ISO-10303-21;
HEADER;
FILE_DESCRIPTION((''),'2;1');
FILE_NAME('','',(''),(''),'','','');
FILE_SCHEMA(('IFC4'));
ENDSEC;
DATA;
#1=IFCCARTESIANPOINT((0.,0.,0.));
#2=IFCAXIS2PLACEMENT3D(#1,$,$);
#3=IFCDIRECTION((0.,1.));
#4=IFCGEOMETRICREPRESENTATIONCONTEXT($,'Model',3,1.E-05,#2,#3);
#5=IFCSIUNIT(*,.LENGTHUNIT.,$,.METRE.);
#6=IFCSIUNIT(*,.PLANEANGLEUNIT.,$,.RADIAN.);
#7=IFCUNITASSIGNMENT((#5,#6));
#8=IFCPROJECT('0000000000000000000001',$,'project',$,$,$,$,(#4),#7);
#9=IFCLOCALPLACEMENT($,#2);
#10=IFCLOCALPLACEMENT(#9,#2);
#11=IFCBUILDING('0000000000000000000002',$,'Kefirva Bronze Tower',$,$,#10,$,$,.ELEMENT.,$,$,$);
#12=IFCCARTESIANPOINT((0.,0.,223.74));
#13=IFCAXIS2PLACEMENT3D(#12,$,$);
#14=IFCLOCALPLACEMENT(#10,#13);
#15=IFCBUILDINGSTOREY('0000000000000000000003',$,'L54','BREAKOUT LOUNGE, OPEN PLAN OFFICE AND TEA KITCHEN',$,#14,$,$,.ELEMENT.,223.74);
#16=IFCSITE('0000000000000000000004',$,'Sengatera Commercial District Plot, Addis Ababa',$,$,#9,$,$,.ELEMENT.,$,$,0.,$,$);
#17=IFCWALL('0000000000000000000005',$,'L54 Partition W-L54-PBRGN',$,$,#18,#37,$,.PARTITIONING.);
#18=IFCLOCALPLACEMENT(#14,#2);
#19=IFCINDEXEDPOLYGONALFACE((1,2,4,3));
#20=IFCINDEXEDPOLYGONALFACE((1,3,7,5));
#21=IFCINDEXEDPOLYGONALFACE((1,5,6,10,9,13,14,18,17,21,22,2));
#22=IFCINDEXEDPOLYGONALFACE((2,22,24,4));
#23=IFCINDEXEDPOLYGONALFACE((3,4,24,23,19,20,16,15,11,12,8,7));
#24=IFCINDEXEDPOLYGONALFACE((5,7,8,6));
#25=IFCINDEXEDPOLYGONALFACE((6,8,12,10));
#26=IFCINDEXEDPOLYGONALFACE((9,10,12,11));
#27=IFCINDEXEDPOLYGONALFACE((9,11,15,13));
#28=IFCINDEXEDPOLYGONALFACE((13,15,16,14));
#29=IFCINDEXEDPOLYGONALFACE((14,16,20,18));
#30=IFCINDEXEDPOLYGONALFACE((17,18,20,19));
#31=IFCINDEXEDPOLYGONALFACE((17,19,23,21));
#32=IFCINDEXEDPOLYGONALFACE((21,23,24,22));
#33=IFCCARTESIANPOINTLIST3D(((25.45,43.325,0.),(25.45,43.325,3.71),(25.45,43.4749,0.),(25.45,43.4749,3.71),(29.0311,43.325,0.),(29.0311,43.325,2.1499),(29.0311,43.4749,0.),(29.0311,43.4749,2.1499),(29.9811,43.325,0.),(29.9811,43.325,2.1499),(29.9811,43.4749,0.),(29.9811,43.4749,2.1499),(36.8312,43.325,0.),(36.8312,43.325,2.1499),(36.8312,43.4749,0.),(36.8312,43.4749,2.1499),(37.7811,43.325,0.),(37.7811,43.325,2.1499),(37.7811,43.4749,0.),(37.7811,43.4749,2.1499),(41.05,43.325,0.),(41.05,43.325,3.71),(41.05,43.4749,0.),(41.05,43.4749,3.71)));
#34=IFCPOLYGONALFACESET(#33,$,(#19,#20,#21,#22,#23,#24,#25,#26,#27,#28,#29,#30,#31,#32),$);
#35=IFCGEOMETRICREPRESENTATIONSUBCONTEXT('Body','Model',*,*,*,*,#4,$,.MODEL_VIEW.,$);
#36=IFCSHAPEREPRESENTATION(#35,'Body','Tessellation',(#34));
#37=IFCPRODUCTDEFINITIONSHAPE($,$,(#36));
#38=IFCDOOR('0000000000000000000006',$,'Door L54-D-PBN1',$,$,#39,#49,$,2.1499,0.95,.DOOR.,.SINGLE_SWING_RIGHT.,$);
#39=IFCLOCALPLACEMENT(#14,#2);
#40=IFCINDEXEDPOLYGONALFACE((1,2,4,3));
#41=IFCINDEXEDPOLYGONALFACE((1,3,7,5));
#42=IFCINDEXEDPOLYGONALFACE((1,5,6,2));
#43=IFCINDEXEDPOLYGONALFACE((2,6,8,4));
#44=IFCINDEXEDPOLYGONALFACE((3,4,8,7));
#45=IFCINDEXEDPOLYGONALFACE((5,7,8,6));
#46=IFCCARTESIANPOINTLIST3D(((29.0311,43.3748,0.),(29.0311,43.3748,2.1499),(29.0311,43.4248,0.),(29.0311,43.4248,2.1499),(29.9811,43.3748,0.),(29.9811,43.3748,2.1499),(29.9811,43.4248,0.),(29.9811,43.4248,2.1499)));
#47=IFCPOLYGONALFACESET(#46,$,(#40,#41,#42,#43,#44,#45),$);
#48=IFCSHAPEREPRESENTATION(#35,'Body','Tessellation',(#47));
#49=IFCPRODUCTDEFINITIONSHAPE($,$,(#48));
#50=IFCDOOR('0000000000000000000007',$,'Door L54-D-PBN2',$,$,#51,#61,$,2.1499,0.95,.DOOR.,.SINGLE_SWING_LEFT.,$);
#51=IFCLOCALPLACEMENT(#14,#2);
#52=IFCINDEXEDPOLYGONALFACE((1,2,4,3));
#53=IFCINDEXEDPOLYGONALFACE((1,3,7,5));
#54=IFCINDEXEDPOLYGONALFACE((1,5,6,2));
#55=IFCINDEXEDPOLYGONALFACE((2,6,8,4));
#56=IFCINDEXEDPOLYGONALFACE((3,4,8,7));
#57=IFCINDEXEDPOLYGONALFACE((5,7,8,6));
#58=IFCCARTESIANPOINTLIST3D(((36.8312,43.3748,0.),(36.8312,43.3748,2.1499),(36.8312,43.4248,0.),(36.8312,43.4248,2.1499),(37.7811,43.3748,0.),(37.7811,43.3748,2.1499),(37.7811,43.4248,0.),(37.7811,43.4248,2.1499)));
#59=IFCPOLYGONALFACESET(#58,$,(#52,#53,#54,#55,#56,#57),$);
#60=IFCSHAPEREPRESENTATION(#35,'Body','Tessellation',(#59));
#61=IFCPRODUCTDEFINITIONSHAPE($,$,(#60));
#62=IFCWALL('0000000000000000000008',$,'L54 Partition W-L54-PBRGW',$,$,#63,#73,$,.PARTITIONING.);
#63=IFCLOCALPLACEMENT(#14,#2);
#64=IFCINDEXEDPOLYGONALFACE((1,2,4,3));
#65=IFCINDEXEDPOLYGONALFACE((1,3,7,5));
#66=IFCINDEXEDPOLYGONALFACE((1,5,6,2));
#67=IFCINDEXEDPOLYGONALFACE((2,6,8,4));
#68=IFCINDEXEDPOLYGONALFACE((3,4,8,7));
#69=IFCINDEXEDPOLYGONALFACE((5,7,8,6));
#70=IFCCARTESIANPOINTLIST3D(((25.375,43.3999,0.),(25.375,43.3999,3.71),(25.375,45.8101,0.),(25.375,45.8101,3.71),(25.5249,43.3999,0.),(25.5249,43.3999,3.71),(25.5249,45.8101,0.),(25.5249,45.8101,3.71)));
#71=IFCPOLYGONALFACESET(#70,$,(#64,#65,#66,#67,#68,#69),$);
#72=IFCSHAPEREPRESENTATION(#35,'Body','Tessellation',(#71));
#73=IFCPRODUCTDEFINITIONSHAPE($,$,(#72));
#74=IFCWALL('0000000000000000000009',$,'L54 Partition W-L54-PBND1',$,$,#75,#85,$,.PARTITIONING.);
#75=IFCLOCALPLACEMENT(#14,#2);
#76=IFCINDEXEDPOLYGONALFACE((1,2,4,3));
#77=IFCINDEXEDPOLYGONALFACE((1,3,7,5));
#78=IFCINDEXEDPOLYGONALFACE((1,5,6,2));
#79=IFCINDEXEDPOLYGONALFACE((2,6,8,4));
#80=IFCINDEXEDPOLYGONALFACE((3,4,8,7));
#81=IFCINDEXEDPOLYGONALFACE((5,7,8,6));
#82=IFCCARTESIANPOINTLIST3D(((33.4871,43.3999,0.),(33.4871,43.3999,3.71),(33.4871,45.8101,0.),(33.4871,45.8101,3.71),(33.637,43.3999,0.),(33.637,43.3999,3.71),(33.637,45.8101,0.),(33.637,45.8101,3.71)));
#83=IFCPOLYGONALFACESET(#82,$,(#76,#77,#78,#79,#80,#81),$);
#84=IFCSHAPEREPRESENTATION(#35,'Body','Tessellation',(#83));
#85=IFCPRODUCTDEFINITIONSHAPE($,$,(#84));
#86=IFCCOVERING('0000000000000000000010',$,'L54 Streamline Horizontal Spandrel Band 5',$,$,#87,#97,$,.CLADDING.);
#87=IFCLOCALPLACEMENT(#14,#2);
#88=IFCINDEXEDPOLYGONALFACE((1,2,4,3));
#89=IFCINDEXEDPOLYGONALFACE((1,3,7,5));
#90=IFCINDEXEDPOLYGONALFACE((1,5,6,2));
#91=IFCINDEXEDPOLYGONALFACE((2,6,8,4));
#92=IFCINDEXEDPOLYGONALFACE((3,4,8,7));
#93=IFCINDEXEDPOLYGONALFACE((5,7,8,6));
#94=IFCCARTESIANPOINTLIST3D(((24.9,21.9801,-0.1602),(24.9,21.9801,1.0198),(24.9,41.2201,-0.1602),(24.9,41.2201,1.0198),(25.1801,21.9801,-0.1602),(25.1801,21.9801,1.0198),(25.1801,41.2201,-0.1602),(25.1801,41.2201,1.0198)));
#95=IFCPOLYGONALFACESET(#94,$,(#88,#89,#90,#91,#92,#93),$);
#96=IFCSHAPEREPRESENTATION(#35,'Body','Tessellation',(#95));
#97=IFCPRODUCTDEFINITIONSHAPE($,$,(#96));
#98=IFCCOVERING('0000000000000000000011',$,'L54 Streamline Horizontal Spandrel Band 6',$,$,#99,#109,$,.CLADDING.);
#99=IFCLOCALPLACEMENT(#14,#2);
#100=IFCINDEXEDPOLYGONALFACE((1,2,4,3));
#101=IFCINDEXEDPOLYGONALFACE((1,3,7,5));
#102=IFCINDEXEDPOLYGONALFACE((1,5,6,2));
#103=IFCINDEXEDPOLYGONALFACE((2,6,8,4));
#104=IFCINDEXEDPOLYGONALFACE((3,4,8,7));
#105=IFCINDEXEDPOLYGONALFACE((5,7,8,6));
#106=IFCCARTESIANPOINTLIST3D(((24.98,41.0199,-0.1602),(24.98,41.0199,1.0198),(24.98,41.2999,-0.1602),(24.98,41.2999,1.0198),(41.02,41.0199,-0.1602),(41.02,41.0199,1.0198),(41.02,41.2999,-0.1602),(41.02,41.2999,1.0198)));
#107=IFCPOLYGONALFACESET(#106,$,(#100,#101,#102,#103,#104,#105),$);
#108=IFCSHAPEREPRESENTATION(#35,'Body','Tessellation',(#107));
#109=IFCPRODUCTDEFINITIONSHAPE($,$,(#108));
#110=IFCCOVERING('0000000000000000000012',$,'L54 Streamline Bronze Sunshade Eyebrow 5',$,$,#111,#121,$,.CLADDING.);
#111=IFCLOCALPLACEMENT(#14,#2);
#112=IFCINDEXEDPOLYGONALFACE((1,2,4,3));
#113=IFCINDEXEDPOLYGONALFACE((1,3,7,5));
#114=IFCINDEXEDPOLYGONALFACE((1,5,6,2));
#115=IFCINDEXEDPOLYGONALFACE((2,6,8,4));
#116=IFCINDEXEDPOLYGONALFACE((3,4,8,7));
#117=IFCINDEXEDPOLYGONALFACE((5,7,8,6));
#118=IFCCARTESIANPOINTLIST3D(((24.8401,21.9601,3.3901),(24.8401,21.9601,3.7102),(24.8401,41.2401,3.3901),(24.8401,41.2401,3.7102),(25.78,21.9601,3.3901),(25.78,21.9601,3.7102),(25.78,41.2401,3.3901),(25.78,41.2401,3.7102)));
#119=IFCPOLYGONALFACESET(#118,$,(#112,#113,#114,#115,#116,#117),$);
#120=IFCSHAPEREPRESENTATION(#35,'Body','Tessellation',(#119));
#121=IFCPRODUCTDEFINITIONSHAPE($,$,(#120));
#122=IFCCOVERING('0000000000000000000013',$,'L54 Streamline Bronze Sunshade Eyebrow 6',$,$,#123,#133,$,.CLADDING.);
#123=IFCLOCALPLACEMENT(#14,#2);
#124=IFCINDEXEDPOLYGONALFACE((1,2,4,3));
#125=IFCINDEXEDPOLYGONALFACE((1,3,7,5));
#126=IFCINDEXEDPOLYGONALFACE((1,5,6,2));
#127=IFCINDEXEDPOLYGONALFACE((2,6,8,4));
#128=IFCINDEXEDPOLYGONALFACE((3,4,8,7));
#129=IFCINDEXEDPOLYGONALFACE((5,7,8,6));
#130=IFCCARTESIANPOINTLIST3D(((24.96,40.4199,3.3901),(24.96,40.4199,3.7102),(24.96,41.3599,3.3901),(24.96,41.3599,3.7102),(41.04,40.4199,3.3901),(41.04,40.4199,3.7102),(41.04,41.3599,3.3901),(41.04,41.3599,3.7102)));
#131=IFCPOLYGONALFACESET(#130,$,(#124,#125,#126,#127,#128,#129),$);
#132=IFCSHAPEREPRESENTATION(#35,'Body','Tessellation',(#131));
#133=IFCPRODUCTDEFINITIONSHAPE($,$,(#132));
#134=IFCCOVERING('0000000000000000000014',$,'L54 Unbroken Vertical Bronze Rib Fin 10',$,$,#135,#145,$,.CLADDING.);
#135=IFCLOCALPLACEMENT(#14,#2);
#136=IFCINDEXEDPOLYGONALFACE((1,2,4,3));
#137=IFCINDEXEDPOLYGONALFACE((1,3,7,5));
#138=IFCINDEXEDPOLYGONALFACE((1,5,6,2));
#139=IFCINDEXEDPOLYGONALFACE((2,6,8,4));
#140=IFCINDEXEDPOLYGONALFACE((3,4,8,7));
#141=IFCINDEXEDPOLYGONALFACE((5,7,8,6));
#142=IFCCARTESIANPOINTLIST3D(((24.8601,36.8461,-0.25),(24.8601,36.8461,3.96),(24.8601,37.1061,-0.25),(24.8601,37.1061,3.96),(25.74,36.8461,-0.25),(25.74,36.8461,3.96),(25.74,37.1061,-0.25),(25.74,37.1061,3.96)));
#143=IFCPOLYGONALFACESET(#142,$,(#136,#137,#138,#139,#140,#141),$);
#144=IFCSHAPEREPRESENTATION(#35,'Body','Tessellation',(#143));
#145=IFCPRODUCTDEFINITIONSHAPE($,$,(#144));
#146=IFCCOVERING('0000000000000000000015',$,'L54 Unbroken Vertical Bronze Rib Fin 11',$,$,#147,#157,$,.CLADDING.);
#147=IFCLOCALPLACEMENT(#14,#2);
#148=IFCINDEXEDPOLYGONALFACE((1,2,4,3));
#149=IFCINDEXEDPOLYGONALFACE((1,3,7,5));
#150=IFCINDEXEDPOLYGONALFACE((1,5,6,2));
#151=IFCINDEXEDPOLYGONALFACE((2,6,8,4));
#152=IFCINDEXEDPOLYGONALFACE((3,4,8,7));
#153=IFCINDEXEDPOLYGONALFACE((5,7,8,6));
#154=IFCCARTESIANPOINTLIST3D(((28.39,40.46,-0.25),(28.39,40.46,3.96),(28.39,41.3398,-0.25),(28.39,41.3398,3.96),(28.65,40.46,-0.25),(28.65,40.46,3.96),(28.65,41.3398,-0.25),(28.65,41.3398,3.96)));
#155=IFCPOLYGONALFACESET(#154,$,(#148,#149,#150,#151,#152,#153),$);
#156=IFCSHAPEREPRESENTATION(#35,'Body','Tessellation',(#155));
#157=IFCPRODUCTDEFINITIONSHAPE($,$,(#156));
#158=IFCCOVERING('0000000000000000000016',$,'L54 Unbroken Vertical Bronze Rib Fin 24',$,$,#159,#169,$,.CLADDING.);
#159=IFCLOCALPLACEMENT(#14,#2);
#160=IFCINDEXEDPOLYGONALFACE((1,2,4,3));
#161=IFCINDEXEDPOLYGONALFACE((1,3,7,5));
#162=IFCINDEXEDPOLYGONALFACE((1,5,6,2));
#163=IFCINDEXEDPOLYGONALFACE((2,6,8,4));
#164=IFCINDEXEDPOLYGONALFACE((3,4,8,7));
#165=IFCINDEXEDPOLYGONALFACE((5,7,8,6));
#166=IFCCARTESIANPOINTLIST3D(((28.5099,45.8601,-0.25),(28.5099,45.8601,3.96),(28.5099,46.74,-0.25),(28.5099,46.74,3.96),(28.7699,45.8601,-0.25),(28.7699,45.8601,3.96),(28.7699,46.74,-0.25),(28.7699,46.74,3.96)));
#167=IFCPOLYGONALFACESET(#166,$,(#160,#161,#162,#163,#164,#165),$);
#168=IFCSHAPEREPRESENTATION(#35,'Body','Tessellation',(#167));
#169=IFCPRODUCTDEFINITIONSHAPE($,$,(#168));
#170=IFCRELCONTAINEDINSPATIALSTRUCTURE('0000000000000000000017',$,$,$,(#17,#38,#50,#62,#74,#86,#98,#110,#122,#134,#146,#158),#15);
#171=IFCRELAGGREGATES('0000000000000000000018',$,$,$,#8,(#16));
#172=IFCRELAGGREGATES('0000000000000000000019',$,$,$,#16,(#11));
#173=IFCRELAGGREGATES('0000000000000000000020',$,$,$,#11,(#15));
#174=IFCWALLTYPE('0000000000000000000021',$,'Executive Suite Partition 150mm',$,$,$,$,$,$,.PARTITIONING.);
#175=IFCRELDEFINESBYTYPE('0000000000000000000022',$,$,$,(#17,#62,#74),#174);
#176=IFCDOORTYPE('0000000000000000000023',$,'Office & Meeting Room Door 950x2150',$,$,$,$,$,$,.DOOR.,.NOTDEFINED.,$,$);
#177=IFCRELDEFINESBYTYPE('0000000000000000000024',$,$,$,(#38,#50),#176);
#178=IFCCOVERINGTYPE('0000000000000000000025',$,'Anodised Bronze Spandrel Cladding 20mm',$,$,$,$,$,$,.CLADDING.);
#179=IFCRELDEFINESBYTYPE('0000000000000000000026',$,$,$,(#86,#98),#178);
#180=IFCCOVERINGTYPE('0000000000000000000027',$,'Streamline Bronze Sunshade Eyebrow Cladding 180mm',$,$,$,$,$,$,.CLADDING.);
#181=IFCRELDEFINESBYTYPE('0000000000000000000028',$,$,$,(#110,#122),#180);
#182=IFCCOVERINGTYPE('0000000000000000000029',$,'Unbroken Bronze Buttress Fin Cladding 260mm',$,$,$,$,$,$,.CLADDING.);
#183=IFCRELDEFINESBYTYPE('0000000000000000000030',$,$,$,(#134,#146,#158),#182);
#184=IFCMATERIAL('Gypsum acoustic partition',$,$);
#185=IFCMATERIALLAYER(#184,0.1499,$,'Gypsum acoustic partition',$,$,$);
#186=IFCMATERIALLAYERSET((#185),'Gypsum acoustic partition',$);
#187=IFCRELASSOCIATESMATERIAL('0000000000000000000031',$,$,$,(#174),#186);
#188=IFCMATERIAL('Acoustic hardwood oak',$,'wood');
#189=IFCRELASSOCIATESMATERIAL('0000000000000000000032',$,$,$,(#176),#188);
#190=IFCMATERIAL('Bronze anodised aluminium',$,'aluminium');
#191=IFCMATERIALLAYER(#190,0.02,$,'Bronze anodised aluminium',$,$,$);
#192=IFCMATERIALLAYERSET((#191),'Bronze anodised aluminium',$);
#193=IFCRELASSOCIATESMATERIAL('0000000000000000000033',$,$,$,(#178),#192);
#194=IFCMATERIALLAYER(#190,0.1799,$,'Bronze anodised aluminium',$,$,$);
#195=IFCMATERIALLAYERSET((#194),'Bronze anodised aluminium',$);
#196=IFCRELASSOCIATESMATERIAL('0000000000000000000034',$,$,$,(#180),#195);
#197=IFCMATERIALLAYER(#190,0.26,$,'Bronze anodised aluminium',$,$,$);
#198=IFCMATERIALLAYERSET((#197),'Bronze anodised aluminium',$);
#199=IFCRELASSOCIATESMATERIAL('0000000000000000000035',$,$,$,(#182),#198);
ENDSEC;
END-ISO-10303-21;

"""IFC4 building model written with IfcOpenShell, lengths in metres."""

from ifc_helpers import new_model, si_unit, direction, frame, frame_2d, origin, origin_2d, place, context, subcontext, project, spatial, rectangle, extrude, material, layer, layer_set, type_object, element, fill, save


model = new_model("IFC4")

# Units and contexts
model_context = context("Model", 3, precision=1e-05, world=origin(), true_north=direction((0.0, 1.0)))
body_context = subcontext(model_context, "Body", "Model", "MODEL_VIEW")
ifc_project = project(units=[si_unit("LENGTHUNIT", "METRE"), si_unit("PLANEANGLEUNIT", "RADIAN")], contexts=[model_context])

# Site, building, storey
site_placement = place(None, origin())
site = spatial("IfcSite", under=ifc_project, at=site_placement, Name="Sengatera Commercial District Plot, Addis Ababa", CompositionType="ELEMENT", RefElevation=0.0)
building_placement = place(site_placement, origin())
building = spatial("IfcBuilding", under=site, at=building_placement, Name="Kefirva Bronze Tower", CompositionType="ELEMENT")
storey_placement = place(building_placement, frame((0.0, 0.0, 223.74)))
storey = spatial("IfcBuildingStorey", under=building, at=storey_placement, Name="L54", Description="BREAKOUT LOUNGE, OPEN PLAN OFFICE AND TEA KITCHEN", CompositionType="ELEMENT", Elevation=223.74)

# Shared definitions
ifc_material_1 = material(Name="Bronze anodised aluminium", Category="aluminium")

# Wall, openings, doors
ifc_material_2 = material(Name="Gypsum acoustic partition")
ifc_layer_1 = layer(ifc_material_2, 0.1499, Name="Gypsum acoustic partition")
ifc_layer_set_1 = layer_set([ifc_layer_1], Name="Gypsum acoustic partition")
wall_type = type_object("IfcWallType", Name="Executive Suite Partition 150mm", PredefinedType="PARTITIONING", material=ifc_layer_set_1)
wall_placement = place(storey_placement, frame((25.45, 43.3999, 0.0), z_axis=(0.0, 0.0, 1.0), x_axis=(1.0, 0.0, 0.0)))
wall = element("IfcWall", 1, at=wall_placement, inside=storey, type_object=wall_type, Name="L54 Partition W-L54-PBRGN", PredefinedType="PARTITIONING", context=body_context, shape_type="SweptSolid", body=[
    extrude(rectangle(XDim=15.6001, YDim=0.1499, at=frame_2d((7.8, 0.0))), origin(), (0.0, 0.0, 1.0), 3.71),
])
opening_1_placement = place(wall_placement, frame((3.5811, 0.0, 0.0)))
opening_1 = element("IfcOpeningElement", 2, at=opening_1_placement, cuts=wall, PredefinedType="OPENING", context=body_context, shape_type="SweptSolid", body=[
    extrude(rectangle(XDim=0.95, YDim=2.1499, at=frame_2d((0.4751, 1.075))), frame((0.0, 0.085, 0.0), z_axis=(0.0, -1.0, 0.0), x_axis=(1.0, 0.0, 0.0)), (0.0, 0.0, 1.0), 0.1699),
])
opening_2_placement = place(wall_placement, frame((11.3811, 0.0, 0.0)))
opening_2 = element("IfcOpeningElement", 3, at=opening_2_placement, cuts=wall, PredefinedType="OPENING", context=body_context, shape_type="SweptSolid", body=[
    extrude(rectangle(XDim=0.95, YDim=2.1499, at=frame_2d((0.4751, 1.075))), frame((0.0, 0.085, 0.0), z_axis=(0.0, -1.0, 0.0), x_axis=(1.0, 0.0, 0.0)), (0.0, 0.0, 1.0), 0.1699),
])
ifc_material_3 = material(Name="Acoustic hardwood oak", Category="wood")
door_type = type_object("IfcDoorType", Name="Office & Meeting Room Door 950x2150", OperationType="NOTDEFINED", PredefinedType="DOOR", material=ifc_material_3)
door_1_placement = place(opening_1_placement, origin())
door_1 = element("IfcDoor", 4, at=door_1_placement, inside=storey, type_object=door_type, Name="Door L54-D-PBN1", OperationType="SINGLE_SWING_RIGHT", OverallHeight=2.1499, OverallWidth=0.95, PredefinedType="DOOR", context=body_context, shape_type="SweptSolid", body=[
    extrude(rectangle(XDim=0.95, YDim=2.1499, at=frame_2d((0.4751, 1.075))), frame((0.0, 0.0249, 0.0), z_axis=(0.0, -1.0, 0.0), x_axis=(1.0, 0.0, 0.0)), (0.0, 0.0, 1.0), 0.05),
])
fill(opening_1, door_1)
door_2_placement = place(opening_2_placement, origin())
door_2 = element("IfcDoor", 5, at=door_2_placement, inside=storey, type_object=door_type, Name="Door L54-D-PBN2", OperationType="SINGLE_SWING_LEFT", OverallHeight=2.1499, OverallWidth=0.95, PredefinedType="DOOR", context=body_context, shape_type="SweptSolid", body=[
    extrude(rectangle(XDim=0.95, YDim=2.1499, at=frame_2d((0.4751, 1.075))), frame((0.0, 0.0249, 0.0), z_axis=(0.0, -1.0, 0.0), x_axis=(1.0, 0.0, 0.0)), (0.0, 0.0, 1.0), 0.05),
])
fill(opening_2, door_2)

# Walls
for number, where, z_axis, x_axis, name in (
    (6, (25.45, 43.3999, 0.0), (0.0, 0.0, 1.0), (0.0, 1.0, 0.0), "L54 Partition W-L54-PBRGW"),
    (7, (33.562, 43.3999, 0.0), (0.0, 0.0, 1.0), (0.0, 1.0, 0.0), "L54 Partition W-L54-PBND1"),
):
    element("IfcWall", number, at=place(storey_placement, frame(where, z_axis=z_axis, x_axis=x_axis)), inside=storey, type_object=wall_type, Name=name, PredefinedType="PARTITIONING", context=body_context, shape_type="SweptSolid", body=[
        extrude(rectangle(XDim=2.4102, YDim=0.1499, at=frame_2d((1.2051, 0.0))), origin(), (0.0, 0.0, 1.0), 3.71),
    ])

# Coverings
ifc_layer_2 = layer(ifc_material_1, 0.02, Name="Bronze anodised aluminium")
ifc_layer_set_2 = layer_set([ifc_layer_2], Name="Bronze anodised aluminium")
covering_type_1 = type_object("IfcCoveringType", Name="Anodised Bronze Spandrel Cladding 20mm", PredefinedType="CLADDING", material=ifc_layer_set_2)
covering_1_placement = place(storey_placement, frame((25.04, 31.6001, -0.1602), z_axis=(0.0, 0.0, 1.0), x_axis=(0.0, 1.0, 0.0)))
element("IfcCovering", 8, at=covering_1_placement, inside=storey, type_object=covering_type_1, Name="L54 Streamline Horizontal Spandrel Band 5", PredefinedType="CLADDING", context=body_context, shape_type="SweptSolid", body=[
    extrude(rectangle(XDim=19.24, YDim=0.28, at=origin_2d()), origin(), (0.0, 0.0, 1.0), 1.1799),
])
covering_2_placement = place(storey_placement, frame((33.0, 41.1599, -0.1602), z_axis=(0.0, 0.0, 1.0), x_axis=(1.0, 0.0, 0.0)))
element("IfcCovering", 9, at=covering_2_placement, inside=storey, type_object=covering_type_1, Name="L54 Streamline Horizontal Spandrel Band 6", PredefinedType="CLADDING", context=body_context, shape_type="SweptSolid", body=[
    extrude(rectangle(XDim=16.04, YDim=0.28, at=origin_2d()), origin(), (0.0, 0.0, 1.0), 1.1799),
])
ifc_layer_3 = layer(ifc_material_1, 0.1799, Name="Bronze anodised aluminium")
ifc_layer_set_3 = layer_set([ifc_layer_3], Name="Bronze anodised aluminium")
covering_type_2 = type_object("IfcCoveringType", Name="Streamline Bronze Sunshade Eyebrow Cladding 180mm", PredefinedType="CLADDING", material=ifc_layer_set_3)
covering_3_placement = place(storey_placement, frame((25.3101, 31.6001, 3.3901), z_axis=(0.0, 0.0, 1.0), x_axis=(0.0, 1.0, 0.0)))
element("IfcCovering", 10, at=covering_3_placement, inside=storey, type_object=covering_type_2, Name="L54 Streamline Bronze Sunshade Eyebrow 5", PredefinedType="CLADDING", context=body_context, shape_type="SweptSolid", body=[
    extrude(rectangle(XDim=19.28, YDim=0.9399, at=origin_2d()), origin(), (0.0, 0.0, 1.0), 0.3201),
])
covering_4_placement = place(storey_placement, frame((33.0, 40.8899, 3.3901), z_axis=(0.0, 0.0, 1.0), x_axis=(1.0, 0.0, 0.0)))
element("IfcCovering", 11, at=covering_4_placement, inside=storey, type_object=covering_type_2, Name="L54 Streamline Bronze Sunshade Eyebrow 6", PredefinedType="CLADDING", context=body_context, shape_type="SweptSolid", body=[
    extrude(rectangle(XDim=16.0801, YDim=0.9399, at=origin_2d()), origin(), (0.0, 0.0, 1.0), 0.3201),
])
ifc_layer_4 = layer(ifc_material_1, 0.26, Name="Bronze anodised aluminium")
ifc_layer_set_4 = layer_set([ifc_layer_4], Name="Bronze anodised aluminium")
covering_type_3 = type_object("IfcCoveringType", Name="Unbroken Bronze Buttress Fin Cladding 260mm", PredefinedType="CLADDING", material=ifc_layer_set_4)
for number, where, z_axis, x_axis, name in (
    (12, (25.3, 36.9761, -0.25), (0.0, 0.0, 1.0), (0.0, 1.0, 0.0), "L54 Unbroken Vertical Bronze Rib Fin 10"),
    (13, (28.52, 40.8999, -0.25), (0.0, 0.0, 1.0), (1.0, 0.0, 0.0), "L54 Unbroken Vertical Bronze Rib Fin 11"),
    (14, (28.6399, 46.3, -0.25), (0.0, 0.0, 1.0), (-1.0, 0.0, 0.0), "L54 Unbroken Vertical Bronze Rib Fin 24"),
):
    element("IfcCovering", number, at=place(storey_placement, frame(where, z_axis=z_axis, x_axis=x_axis)), inside=storey, type_object=covering_type_3, Name=name, PredefinedType="CLADDING", context=body_context, shape_type="SweptSolid", body=[
        extrude(rectangle(XDim=0.26, YDim=0.8799, at=origin_2d()), origin(), (0.0, 0.0, 1.0), 4.21),
    ])

save(model, "model.ifc")
